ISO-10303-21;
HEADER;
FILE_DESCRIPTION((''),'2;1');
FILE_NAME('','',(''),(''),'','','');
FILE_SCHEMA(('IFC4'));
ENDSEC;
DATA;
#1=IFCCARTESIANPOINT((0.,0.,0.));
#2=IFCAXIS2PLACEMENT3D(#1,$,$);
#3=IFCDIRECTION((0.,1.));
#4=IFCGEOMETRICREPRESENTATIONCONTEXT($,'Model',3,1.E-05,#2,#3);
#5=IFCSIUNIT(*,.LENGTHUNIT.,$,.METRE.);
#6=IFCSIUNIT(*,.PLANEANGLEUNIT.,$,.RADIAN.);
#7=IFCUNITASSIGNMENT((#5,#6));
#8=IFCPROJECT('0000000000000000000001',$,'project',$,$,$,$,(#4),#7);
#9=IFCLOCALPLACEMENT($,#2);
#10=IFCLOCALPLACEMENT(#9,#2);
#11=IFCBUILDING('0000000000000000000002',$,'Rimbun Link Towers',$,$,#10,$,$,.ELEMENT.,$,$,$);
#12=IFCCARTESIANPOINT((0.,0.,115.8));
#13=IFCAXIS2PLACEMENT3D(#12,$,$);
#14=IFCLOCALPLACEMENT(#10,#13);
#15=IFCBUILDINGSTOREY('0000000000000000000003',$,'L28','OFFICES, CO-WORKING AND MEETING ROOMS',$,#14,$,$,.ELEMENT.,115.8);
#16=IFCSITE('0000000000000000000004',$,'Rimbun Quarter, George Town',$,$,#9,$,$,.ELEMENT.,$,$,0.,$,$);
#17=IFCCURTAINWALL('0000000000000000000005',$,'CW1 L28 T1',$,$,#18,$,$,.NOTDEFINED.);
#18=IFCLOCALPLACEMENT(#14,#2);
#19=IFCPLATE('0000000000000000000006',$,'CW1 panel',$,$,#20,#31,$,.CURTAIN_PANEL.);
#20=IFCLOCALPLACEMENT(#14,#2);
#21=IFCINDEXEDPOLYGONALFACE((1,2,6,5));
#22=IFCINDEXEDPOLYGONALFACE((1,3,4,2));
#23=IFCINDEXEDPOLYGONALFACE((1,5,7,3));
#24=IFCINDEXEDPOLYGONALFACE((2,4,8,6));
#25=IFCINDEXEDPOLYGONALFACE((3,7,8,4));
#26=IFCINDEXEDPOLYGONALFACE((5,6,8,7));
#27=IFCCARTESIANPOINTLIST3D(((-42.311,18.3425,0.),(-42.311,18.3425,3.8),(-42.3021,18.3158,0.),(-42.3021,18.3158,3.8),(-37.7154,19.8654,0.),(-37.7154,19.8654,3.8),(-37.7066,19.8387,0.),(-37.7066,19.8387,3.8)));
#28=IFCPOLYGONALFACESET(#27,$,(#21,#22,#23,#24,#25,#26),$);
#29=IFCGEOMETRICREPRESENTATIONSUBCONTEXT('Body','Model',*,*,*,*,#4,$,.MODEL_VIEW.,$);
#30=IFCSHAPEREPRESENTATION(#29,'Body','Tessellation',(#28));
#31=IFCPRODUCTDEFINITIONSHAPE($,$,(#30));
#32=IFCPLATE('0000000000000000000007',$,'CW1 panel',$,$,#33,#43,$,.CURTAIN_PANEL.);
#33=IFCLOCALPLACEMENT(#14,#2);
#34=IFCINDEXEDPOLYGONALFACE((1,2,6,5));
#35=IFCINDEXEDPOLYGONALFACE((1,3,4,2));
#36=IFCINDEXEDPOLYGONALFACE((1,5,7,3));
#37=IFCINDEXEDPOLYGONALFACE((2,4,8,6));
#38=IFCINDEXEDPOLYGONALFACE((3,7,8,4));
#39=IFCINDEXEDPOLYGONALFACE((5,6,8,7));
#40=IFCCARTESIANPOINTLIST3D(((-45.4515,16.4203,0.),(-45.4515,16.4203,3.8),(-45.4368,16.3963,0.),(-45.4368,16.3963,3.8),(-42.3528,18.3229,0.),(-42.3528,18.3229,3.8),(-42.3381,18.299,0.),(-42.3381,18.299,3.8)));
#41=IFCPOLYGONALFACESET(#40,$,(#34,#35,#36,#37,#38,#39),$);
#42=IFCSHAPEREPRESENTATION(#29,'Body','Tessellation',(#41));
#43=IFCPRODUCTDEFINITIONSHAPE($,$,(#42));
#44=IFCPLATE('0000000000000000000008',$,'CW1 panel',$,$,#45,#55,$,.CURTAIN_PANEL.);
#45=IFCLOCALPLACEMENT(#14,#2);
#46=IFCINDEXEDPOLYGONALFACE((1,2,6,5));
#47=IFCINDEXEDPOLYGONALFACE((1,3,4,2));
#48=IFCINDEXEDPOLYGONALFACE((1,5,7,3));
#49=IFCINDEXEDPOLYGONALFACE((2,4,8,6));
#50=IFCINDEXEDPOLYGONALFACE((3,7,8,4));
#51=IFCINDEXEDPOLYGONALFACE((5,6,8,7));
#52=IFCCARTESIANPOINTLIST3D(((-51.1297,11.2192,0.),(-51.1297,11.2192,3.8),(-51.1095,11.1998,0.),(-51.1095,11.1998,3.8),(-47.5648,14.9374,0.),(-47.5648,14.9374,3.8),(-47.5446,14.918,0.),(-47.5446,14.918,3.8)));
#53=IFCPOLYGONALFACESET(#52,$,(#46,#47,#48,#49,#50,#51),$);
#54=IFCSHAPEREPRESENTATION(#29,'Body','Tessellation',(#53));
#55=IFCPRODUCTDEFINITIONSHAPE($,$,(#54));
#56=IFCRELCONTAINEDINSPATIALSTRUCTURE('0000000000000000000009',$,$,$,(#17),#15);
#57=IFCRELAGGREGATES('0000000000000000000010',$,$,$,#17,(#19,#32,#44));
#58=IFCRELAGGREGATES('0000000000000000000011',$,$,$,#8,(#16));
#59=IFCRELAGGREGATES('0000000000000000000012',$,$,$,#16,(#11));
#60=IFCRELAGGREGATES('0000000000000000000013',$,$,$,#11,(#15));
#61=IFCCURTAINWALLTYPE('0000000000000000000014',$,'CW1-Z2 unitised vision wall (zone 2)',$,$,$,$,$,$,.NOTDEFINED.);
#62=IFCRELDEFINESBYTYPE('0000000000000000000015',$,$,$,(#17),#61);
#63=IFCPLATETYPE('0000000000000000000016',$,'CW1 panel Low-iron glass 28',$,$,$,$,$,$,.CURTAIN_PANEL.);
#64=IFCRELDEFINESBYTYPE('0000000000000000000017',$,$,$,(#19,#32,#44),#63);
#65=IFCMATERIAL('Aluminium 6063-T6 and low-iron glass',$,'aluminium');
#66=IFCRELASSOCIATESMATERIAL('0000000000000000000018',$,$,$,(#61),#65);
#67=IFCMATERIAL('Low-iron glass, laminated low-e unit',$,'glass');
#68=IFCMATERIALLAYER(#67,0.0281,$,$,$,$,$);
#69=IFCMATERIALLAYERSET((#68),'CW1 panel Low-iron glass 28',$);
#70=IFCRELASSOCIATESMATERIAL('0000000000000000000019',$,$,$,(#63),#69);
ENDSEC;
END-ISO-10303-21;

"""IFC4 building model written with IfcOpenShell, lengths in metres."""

from ifc_helpers import new_model, si_unit, direction, frame, origin, origin_2d, place, context, subcontext, project, spatial, rectangle, extrude, material, layer, layer_set, type_object, element, aggregate, save


model = new_model("IFC4")

# Units and contexts
model_context = context("Model", 3, precision=1e-05, world=origin(), true_north=direction((0.0, 1.0)))
body_context = subcontext(model_context, "Body", "Model", "MODEL_VIEW")
ifc_project = project(units=[si_unit("LENGTHUNIT", "METRE"), si_unit("PLANEANGLEUNIT", "RADIAN")], contexts=[model_context])

# Site, building, storey
site_placement = place(None, origin())
site = spatial("IfcSite", under=ifc_project, at=site_placement, Name="Rimbun Quarter, George Town", CompositionType="ELEMENT", RefElevation=0.0)
building_placement = place(site_placement, origin())
building = spatial("IfcBuilding", under=site, at=building_placement, Name="Rimbun Link Towers", CompositionType="ELEMENT")
storey_placement = place(building_placement, frame((0.0, 0.0, 115.8)))
storey = spatial("IfcBuildingStorey", under=building, at=storey_placement, Name="L28", Description="OFFICES, CO-WORKING AND MEETING ROOMS", CompositionType="ELEMENT", Elevation=115.8)

# Curtain wall
ifc_material_1 = material(Name="Aluminium 6063-T6 and low-iron glass", Category="aluminium")
curtain_wall_type = type_object("IfcCurtainWallType", Name="CW1-Z2 unitised vision wall (zone 2)", PredefinedType="NOTDEFINED", material=ifc_material_1)
curtain_wall_placement = place(storey_placement, origin())
curtain_wall = element("IfcCurtainWall", 1, at=curtain_wall_placement, inside=storey, type_object=curtain_wall_type, Name="CW1 L28 T1", PredefinedType="NOTDEFINED")

# Plates
ifc_material_2 = material(Name="Low-iron glass, laminated low-e unit", Category="glass")
ifc_layer = layer(ifc_material_2, 0.0281)
ifc_layer_set = layer_set([ifc_layer], Name="CW1 panel Low-iron glass 28")
plate_type = type_object("IfcPlateType", Name="CW1 panel Low-iron glass 28", PredefinedType="CURTAIN_PANEL", material=ifc_layer_set)
plate_1_placement = place(storey_placement, frame((-40.0088, 19.0906, 0.0), z_axis=(0.0, 0.0, 1.0), x_axis=(0.949236, 0.314563, 0.0)))
plate_1 = element("IfcPlate", 2, at=plate_1_placement, type_object=plate_type, Name="CW1 panel", PredefinedType="CURTAIN_PANEL", context=body_context, shape_type="SweptSolid", body=[
    extrude(rectangle(XDim=4.8413, YDim=0.0281, at=origin_2d()), origin(), (0.0, 0.0, 1.0), 3.8),
])
plate_2_placement = place(storey_placement, frame((-43.8948, 17.3596, 0.0), z_axis=(0.0, 0.0, 1.0), x_axis=(0.852183, 0.523243, 0.0)))
plate_2 = element("IfcPlate", 3, at=plate_2_placement, type_object=plate_type, Name="CW1 panel", PredefinedType="CURTAIN_PANEL", context=body_context, shape_type="SweptSolid", body=[
    extrude(rectangle(XDim=3.6362, YDim=0.0281, at=origin_2d()), origin(), (0.0, 0.0, 1.0), 3.8),
])
plate_3_placement = place(storey_placement, frame((-49.3372, 13.0686, 0.0), z_axis=(0.0, 0.0, 1.0), x_axis=(0.692065, 0.721835, 0.0)))
plate_3 = element("IfcPlate", 4, at=plate_3_placement, type_object=plate_type, Name="CW1 panel", PredefinedType="CURTAIN_PANEL", context=body_context, shape_type="SweptSolid", body=[
    extrude(rectangle(XDim=5.1511, YDim=0.0281, at=origin_2d()), origin(), (0.0, 0.0, 1.0), 3.8),
])
aggregate(curtain_wall, [plate_1, plate_2, plate_3])

save(model, "model.ifc")
